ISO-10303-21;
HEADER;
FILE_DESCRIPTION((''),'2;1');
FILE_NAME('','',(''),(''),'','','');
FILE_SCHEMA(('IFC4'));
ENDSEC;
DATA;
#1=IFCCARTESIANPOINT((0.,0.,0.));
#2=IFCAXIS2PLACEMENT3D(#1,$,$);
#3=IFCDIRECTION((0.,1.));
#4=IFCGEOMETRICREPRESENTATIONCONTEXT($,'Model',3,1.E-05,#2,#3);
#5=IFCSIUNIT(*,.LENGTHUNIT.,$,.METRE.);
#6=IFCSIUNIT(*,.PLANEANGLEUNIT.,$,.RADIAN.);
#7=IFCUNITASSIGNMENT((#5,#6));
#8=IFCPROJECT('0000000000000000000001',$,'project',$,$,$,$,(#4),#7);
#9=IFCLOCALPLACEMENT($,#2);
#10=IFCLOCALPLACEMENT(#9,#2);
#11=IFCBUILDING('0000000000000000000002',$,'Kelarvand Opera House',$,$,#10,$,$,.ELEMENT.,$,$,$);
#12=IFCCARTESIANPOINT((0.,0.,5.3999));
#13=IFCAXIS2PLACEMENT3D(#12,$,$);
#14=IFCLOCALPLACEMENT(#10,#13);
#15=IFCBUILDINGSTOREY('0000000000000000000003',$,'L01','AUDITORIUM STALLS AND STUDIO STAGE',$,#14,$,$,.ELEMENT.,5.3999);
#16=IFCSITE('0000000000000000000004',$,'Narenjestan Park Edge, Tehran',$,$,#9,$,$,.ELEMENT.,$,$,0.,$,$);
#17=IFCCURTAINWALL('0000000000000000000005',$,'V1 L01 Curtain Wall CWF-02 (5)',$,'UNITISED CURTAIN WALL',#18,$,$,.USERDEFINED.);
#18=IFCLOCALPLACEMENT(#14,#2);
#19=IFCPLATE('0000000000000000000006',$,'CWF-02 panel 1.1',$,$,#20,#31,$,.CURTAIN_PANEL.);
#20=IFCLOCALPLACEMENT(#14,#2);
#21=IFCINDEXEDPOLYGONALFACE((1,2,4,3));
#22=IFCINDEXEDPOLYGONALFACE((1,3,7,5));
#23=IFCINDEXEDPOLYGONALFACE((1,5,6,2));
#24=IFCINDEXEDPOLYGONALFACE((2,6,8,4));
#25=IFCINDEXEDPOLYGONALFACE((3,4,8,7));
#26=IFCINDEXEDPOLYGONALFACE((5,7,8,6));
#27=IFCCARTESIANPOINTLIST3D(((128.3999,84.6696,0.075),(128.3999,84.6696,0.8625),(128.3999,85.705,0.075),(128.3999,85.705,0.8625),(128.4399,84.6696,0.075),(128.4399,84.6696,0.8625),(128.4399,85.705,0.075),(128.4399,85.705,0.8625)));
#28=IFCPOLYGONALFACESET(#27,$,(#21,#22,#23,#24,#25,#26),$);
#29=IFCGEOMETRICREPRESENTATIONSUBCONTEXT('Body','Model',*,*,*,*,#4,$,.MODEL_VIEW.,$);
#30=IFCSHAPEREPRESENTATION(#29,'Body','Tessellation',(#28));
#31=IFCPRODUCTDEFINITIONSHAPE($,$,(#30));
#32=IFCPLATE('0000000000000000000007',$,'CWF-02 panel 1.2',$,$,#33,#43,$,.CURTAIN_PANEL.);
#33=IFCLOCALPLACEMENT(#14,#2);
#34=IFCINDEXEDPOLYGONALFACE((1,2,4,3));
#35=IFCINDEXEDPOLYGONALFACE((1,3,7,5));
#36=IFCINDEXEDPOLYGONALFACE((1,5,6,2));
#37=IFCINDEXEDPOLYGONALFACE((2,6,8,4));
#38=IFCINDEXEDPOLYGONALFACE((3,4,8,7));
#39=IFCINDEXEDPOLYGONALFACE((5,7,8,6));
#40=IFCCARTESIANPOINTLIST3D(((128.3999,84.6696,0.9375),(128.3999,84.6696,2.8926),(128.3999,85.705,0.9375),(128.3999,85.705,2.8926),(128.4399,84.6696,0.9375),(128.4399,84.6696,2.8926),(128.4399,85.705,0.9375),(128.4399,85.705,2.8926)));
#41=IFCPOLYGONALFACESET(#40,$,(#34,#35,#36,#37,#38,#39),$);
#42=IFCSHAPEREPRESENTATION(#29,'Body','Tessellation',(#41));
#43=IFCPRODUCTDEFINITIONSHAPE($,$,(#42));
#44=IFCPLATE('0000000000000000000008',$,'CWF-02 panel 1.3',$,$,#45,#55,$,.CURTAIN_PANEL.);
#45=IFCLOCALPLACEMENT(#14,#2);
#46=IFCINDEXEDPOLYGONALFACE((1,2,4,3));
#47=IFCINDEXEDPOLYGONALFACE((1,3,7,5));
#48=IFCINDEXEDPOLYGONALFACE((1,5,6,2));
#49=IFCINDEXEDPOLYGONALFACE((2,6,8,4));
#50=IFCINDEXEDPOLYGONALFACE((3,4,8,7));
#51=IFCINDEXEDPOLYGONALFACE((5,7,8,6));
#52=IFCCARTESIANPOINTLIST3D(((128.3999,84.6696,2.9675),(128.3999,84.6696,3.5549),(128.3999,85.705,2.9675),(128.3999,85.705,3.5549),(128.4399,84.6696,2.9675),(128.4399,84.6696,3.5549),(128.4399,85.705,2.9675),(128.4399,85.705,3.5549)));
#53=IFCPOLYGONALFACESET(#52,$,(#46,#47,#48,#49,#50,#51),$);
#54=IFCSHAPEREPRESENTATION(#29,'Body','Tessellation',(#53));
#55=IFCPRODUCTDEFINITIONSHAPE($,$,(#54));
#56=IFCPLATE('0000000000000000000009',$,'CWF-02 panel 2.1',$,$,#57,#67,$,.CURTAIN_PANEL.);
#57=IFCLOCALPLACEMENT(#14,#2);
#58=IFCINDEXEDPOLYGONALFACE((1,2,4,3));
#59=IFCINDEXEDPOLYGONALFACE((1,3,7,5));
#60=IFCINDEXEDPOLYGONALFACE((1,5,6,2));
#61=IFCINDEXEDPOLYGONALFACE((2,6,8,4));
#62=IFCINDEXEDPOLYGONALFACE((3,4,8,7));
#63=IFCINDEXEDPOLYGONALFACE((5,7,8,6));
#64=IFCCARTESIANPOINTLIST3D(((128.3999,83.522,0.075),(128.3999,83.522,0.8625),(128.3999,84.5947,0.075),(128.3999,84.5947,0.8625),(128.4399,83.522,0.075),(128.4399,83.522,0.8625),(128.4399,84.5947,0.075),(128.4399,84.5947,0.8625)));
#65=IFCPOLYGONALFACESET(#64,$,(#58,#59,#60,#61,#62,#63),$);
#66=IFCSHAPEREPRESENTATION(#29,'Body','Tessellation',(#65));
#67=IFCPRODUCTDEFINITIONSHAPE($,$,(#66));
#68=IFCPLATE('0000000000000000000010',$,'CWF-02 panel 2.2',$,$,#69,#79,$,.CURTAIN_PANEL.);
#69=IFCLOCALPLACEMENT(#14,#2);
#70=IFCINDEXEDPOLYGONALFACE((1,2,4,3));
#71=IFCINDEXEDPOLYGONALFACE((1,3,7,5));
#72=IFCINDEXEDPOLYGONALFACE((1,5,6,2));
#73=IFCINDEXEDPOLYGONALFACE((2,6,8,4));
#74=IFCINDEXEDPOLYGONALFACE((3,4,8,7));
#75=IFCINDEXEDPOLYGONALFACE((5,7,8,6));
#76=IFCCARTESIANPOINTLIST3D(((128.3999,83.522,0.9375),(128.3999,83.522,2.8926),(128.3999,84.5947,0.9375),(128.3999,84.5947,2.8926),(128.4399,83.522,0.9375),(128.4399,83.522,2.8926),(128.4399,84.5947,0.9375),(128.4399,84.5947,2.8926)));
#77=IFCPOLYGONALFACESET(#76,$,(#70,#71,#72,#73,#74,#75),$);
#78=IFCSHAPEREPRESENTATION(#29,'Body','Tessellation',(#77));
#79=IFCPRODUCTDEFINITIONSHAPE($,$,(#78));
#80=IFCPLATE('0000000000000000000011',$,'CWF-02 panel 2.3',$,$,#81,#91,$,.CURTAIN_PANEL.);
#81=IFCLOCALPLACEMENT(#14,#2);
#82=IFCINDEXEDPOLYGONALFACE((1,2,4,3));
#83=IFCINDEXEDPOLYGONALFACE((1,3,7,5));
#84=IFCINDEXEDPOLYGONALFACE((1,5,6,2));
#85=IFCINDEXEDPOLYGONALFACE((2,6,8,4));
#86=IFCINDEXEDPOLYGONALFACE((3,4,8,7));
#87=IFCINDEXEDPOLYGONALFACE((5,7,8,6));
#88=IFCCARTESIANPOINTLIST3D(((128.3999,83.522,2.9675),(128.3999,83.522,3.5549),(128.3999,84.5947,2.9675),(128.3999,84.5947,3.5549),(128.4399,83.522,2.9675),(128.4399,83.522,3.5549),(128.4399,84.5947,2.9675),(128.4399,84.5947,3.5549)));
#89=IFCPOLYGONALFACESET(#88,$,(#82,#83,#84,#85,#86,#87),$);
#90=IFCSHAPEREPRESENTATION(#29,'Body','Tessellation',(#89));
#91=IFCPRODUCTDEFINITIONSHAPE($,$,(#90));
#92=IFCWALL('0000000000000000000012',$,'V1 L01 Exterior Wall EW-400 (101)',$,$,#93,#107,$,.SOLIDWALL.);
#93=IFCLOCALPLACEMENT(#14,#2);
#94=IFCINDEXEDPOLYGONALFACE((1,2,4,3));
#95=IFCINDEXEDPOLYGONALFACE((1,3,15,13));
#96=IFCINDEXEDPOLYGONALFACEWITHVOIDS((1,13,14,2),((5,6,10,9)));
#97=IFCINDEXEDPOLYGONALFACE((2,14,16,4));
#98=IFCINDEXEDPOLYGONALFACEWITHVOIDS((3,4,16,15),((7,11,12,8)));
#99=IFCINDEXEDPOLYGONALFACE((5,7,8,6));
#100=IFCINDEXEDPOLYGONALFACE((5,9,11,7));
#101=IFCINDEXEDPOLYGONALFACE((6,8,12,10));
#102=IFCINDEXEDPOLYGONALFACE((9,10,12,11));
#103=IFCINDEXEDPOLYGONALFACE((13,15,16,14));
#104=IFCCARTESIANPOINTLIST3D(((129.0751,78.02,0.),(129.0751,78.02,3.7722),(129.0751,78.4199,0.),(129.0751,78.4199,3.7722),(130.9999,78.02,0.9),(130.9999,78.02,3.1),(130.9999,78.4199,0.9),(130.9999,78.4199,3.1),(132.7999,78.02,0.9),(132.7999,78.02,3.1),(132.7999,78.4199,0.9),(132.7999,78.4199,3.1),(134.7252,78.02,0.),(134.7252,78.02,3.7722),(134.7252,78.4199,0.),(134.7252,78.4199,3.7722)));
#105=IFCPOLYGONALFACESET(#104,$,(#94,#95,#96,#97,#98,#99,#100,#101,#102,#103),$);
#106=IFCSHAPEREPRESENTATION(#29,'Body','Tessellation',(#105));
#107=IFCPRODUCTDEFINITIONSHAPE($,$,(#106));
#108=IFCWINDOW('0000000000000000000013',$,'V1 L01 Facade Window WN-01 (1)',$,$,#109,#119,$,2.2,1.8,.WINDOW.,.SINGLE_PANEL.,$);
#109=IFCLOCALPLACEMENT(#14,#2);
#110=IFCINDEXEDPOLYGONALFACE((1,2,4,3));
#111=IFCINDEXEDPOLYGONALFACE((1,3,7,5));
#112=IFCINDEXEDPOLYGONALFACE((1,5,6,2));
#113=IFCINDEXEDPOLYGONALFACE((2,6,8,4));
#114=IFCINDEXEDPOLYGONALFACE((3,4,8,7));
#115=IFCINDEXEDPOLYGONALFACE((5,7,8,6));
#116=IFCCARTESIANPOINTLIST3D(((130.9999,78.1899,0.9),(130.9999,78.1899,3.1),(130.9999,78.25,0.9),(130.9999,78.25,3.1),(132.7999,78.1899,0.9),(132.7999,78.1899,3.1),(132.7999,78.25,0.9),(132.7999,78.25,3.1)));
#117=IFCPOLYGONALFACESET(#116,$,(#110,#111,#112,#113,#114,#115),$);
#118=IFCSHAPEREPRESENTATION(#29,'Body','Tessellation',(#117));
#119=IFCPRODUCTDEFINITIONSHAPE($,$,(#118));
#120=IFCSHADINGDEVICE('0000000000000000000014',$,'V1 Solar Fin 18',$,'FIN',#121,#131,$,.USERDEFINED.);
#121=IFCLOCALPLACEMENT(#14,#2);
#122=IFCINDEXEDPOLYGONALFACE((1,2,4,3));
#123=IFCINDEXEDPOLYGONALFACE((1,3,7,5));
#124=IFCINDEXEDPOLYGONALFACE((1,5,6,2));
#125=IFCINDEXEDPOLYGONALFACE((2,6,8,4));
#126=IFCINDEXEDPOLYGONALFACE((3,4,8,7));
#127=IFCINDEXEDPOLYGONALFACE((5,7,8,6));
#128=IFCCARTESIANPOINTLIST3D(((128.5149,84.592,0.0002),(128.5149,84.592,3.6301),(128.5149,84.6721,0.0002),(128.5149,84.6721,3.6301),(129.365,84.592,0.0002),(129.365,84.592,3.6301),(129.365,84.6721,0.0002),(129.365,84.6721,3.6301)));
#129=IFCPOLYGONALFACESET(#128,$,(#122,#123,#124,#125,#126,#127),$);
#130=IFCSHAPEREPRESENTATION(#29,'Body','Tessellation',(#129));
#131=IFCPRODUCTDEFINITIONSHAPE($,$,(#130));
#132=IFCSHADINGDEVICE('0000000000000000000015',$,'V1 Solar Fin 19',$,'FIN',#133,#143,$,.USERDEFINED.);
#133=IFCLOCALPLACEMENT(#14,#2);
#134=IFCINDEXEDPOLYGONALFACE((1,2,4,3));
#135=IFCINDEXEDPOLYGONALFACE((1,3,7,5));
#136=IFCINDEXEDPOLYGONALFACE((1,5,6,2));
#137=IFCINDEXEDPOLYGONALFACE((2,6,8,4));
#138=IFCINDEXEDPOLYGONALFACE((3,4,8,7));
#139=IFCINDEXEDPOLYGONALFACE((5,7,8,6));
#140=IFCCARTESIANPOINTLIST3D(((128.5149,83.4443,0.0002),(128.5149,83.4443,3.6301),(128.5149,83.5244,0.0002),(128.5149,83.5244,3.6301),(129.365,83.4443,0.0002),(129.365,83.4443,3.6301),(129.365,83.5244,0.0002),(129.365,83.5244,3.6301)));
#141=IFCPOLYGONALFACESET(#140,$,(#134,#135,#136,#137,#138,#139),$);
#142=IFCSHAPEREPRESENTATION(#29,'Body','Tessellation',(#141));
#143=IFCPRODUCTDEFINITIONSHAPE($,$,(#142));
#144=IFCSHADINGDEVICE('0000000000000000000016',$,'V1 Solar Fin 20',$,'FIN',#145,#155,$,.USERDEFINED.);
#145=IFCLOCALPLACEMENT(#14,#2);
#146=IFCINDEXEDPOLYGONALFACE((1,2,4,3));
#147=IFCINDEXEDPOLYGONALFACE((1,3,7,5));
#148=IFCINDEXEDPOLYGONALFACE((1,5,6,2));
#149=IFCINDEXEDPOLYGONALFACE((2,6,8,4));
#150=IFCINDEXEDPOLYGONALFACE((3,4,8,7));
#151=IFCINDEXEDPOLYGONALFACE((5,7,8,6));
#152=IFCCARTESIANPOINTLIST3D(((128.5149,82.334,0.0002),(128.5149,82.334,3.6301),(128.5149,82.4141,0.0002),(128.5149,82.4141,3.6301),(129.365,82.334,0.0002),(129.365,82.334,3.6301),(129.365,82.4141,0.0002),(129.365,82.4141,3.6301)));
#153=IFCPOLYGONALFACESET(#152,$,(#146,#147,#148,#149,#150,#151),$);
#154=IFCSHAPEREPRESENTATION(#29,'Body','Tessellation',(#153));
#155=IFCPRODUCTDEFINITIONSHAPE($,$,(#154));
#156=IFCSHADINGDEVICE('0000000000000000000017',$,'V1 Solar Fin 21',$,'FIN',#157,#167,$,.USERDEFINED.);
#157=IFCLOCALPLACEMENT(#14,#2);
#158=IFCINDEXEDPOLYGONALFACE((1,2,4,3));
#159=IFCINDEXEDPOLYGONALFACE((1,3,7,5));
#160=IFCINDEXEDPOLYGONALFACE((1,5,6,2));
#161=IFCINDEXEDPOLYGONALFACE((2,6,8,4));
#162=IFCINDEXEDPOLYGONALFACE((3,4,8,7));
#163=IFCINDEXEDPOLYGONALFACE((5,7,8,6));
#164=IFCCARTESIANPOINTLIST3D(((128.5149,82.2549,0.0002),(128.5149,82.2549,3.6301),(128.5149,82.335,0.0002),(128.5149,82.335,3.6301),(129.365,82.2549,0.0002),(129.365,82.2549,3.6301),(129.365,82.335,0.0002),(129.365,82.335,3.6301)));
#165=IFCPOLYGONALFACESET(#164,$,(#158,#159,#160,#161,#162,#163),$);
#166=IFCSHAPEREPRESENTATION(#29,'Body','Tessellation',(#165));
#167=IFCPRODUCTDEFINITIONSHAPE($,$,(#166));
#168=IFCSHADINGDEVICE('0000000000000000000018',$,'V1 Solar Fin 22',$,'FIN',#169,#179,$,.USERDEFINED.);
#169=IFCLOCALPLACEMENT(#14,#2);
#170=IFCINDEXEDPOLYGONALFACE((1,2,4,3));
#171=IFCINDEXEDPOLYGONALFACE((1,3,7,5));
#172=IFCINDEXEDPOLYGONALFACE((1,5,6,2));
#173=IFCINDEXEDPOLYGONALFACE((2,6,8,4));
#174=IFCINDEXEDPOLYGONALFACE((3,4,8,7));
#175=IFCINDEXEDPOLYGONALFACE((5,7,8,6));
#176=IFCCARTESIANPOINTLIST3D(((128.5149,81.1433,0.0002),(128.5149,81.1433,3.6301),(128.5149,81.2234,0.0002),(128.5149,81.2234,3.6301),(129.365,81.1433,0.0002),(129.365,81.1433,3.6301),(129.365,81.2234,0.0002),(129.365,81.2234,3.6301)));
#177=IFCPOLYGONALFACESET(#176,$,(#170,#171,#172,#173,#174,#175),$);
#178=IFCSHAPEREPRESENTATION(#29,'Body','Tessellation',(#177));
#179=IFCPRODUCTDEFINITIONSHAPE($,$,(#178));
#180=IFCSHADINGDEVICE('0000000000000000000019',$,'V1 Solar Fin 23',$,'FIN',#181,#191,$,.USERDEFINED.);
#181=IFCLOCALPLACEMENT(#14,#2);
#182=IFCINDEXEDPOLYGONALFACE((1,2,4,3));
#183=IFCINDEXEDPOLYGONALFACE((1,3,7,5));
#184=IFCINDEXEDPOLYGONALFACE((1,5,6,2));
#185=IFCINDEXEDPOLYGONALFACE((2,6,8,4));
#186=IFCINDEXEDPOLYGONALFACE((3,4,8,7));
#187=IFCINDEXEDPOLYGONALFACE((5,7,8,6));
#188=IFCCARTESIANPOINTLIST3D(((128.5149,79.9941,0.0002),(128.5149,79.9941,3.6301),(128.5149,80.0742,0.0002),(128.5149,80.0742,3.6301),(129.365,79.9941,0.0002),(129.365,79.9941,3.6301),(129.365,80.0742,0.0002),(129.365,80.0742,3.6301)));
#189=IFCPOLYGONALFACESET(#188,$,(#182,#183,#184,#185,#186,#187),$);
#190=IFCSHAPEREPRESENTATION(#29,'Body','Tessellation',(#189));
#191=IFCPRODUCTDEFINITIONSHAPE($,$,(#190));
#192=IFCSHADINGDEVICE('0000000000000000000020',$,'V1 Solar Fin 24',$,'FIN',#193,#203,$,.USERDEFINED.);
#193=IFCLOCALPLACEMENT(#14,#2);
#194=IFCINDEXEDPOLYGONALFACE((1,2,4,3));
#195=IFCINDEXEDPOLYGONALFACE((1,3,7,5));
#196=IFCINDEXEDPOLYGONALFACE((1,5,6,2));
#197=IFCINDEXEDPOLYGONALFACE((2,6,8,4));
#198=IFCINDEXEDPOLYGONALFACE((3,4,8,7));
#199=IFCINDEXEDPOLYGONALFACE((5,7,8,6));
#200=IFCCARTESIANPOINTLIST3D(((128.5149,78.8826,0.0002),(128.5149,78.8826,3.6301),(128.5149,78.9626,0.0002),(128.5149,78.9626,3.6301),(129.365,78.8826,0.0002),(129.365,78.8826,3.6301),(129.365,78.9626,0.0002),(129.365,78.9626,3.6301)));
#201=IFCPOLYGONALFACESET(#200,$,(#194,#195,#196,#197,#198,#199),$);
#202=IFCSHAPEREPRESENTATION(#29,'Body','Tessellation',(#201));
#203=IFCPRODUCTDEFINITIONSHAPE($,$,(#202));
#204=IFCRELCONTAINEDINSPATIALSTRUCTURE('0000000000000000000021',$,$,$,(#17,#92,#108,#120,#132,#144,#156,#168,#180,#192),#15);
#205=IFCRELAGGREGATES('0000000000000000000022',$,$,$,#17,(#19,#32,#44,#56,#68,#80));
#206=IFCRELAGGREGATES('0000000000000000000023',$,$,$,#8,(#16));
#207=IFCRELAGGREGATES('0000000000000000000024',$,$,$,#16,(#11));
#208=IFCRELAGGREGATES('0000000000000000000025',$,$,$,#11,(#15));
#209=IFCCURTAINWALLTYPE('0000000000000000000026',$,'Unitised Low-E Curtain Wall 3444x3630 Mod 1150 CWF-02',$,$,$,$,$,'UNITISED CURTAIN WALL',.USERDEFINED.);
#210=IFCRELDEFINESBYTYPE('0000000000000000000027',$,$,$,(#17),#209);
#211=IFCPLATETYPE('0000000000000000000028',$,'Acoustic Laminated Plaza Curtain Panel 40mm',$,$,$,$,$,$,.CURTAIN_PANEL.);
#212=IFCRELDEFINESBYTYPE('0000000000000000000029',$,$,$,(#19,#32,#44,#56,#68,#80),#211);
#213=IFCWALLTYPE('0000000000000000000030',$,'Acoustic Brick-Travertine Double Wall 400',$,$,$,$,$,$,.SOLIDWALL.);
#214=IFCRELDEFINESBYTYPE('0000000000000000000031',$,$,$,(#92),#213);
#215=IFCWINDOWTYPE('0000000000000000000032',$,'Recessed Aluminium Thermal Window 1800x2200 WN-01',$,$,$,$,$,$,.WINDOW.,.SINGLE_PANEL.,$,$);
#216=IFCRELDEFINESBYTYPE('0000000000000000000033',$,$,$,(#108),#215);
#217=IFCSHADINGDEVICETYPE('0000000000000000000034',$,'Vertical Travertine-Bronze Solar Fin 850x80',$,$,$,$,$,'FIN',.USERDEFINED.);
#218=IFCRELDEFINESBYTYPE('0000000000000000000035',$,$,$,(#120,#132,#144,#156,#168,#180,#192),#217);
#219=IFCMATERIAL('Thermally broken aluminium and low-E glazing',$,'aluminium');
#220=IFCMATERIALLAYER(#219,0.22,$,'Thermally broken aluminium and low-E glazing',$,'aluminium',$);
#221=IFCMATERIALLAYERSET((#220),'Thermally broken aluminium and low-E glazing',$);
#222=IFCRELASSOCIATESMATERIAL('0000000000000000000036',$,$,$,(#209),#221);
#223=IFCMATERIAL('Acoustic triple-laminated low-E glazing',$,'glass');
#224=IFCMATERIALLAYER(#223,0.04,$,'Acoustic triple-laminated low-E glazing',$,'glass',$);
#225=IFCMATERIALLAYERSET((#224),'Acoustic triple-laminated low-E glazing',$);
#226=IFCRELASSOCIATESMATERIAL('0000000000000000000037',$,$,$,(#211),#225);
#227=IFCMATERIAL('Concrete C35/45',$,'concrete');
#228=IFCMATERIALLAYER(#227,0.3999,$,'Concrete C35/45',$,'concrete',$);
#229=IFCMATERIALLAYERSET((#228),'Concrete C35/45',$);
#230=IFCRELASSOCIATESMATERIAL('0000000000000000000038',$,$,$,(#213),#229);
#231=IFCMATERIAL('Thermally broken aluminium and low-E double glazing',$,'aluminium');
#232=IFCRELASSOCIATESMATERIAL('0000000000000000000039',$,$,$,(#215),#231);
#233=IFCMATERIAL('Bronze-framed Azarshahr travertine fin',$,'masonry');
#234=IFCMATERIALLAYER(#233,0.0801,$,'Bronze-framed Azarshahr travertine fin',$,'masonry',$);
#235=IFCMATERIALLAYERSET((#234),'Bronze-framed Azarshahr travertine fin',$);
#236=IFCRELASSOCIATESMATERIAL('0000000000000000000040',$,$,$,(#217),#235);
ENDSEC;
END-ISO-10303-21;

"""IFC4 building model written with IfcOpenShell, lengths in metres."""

from ifc_helpers import new_model, si_unit, direction, frame, frame_2d, origin, origin_2d, place, context, subcontext, project, spatial, rectangle, extrude, material, layer, layer_set, type_object, element, fill, aggregate, save


model = new_model("IFC4")

# Units and contexts
model_context = context("Model", 3, precision=1e-05, world=origin(), true_north=direction((0.0, 1.0)))
body_context = subcontext(model_context, "Body", "Model", "MODEL_VIEW")
ifc_project = project(units=[si_unit("LENGTHUNIT", "METRE"), si_unit("PLANEANGLEUNIT", "RADIAN")], contexts=[model_context])

# Site, building, storey
site_placement = place(None, origin())
site = spatial("IfcSite", under=ifc_project, at=site_placement, Name="Narenjestan Park Edge, Tehran", CompositionType="ELEMENT", RefElevation=0.0)
building_placement = place(site_placement, origin())
building = spatial("IfcBuilding", under=site, at=building_placement, Name="Kelarvand Opera House", CompositionType="ELEMENT")
storey_placement = place(building_placement, frame((0.0, 0.0, 5.3999)))
storey = spatial("IfcBuildingStorey", under=building, at=storey_placement, Name="L01", Description="AUDITORIUM STALLS AND STUDIO STAGE", CompositionType="ELEMENT", Elevation=5.3999)

# Curtain wall
ifc_material_1 = material(Name="Thermally broken aluminium and low-E glazing", Category="aluminium")
ifc_layer_1 = layer(ifc_material_1, 0.22, Name="Thermally broken aluminium and low-E glazing", Category="aluminium")
ifc_layer_set_1 = layer_set([ifc_layer_1], Name="Thermally broken aluminium and low-E glazing")
curtain_wall_type = type_object("IfcCurtainWallType", Name="Unitised Low-E Curtain Wall 3444x3630 Mod 1150 CWF-02", ElementType="UNITISED CURTAIN WALL", PredefinedType="USERDEFINED", material=ifc_layer_set_1)
curtain_wall_placement = place(storey_placement, origin())
curtain_wall = element("IfcCurtainWall", 1, at=curtain_wall_placement, inside=storey, type_object=curtain_wall_type, Name="V1 L01 Curtain Wall CWF-02 (5)", ObjectType="UNITISED CURTAIN WALL", PredefinedType="USERDEFINED")

# Plates
ifc_material_2 = material(Name="Acoustic triple-laminated low-E glazing", Category="glass")
ifc_layer_2 = layer(ifc_material_2, 0.04, Name="Acoustic triple-laminated low-E glazing", Category="glass")
ifc_layer_set_2 = layer_set([ifc_layer_2], Name="Acoustic triple-laminated low-E glazing")
plate_type = type_object("IfcPlateType", Name="Acoustic Laminated Plaza Curtain Panel 40mm", PredefinedType="CURTAIN_PANEL", material=ifc_layer_set_2)
plate_1_placement = place(storey_placement, frame((128.4199, 85.1873, 0.075), z_axis=(0.0, 0.0, 1.0), x_axis=(0.0, -1.0, 0.0)))
plate_1 = element("IfcPlate", 2, at=plate_1_placement, type_object=plate_type, Name="CWF-02 panel 1.1", PredefinedType="CURTAIN_PANEL", context=body_context, shape_type="SweptSolid", body=[
    extrude(rectangle(XDim=1.0354, YDim=0.04, at=origin_2d()), origin(), (0.0, 0.0, 1.0), 0.7876),
])
plate_2_placement = place(storey_placement, frame((128.4199, 85.1873, 0.9375), z_axis=(0.0, 0.0, 1.0), x_axis=(0.0, -1.0, 0.0)))
plate_2 = element("IfcPlate", 3, at=plate_2_placement, type_object=plate_type, Name="CWF-02 panel 1.2", PredefinedType="CURTAIN_PANEL", context=body_context, shape_type="SweptSolid", body=[
    extrude(rectangle(XDim=1.0354, YDim=0.04, at=origin_2d()), origin(), (0.0, 0.0, 1.0), 1.9551),
])
plate_3_placement = place(storey_placement, frame((128.4199, 85.1873, 2.9675), z_axis=(0.0, 0.0, 1.0), x_axis=(0.0, -1.0, 0.0)))
plate_3 = element("IfcPlate", 4, at=plate_3_placement, type_object=plate_type, Name="CWF-02 panel 1.3", PredefinedType="CURTAIN_PANEL", context=body_context, shape_type="SweptSolid", body=[
    extrude(rectangle(XDim=1.0354, YDim=0.04, at=origin_2d()), origin(), (0.0, 0.0, 1.0), 0.5874),
])
plate_4_placement = place(storey_placement, frame((128.4199, 84.0583, 0.075), z_axis=(0.0, 0.0, 1.0), x_axis=(0.0, -1.0, 0.0)))
plate_4 = element("IfcPlate", 5, at=plate_4_placement, type_object=plate_type, Name="CWF-02 panel 2.1", PredefinedType="CURTAIN_PANEL", context=body_context, shape_type="SweptSolid", body=[
    extrude(rectangle(XDim=1.0728, YDim=0.04, at=origin_2d()), origin(), (0.0, 0.0, 1.0), 0.7876),
])
plate_5_placement = place(storey_placement, frame((128.4199, 84.0583, 0.9375), z_axis=(0.0, 0.0, 1.0), x_axis=(0.0, -1.0, 0.0)))
plate_5 = element("IfcPlate", 6, at=plate_5_placement, type_object=plate_type, Name="CWF-02 panel 2.2", PredefinedType="CURTAIN_PANEL", context=body_context, shape_type="SweptSolid", body=[
    extrude(rectangle(XDim=1.0728, YDim=0.04, at=origin_2d()), origin(), (0.0, 0.0, 1.0), 1.9551),
])
plate_6_placement = place(storey_placement, frame((128.4199, 84.0583, 2.9675), z_axis=(0.0, 0.0, 1.0), x_axis=(0.0, -1.0, 0.0)))
plate_6 = element("IfcPlate", 7, at=plate_6_placement, type_object=plate_type, Name="CWF-02 panel 2.3", PredefinedType="CURTAIN_PANEL", context=body_context, shape_type="SweptSolid", body=[
    extrude(rectangle(XDim=1.0728, YDim=0.04, at=origin_2d()), origin(), (0.0, 0.0, 1.0), 0.5874),
])
aggregate(curtain_wall, [plate_1, plate_2, plate_3, plate_4, plate_5, plate_6])

# Wall, opening, window
ifc_material_3 = material(Name="Concrete C35/45", Category="concrete")
ifc_layer_3 = layer(ifc_material_3, 0.3999, Name="Concrete C35/45", Category="concrete")
ifc_layer_set_3 = layer_set([ifc_layer_3], Name="Concrete C35/45")
wall_type = type_object("IfcWallType", Name="Acoustic Brick-Travertine Double Wall 400", PredefinedType="SOLIDWALL", material=ifc_layer_set_3)
wall_placement = place(storey_placement, frame((129.075, 78.22, 0.0), z_axis=(0.0, 0.0, 1.0), x_axis=(1.0, 0.0, 0.0)))
wall = element("IfcWall", 8, at=wall_placement, inside=storey, type_object=wall_type, Name="V1 L01 Exterior Wall EW-400 (101)", PredefinedType="SOLIDWALL", context=body_context, shape_type="SweptSolid", body=[
    extrude(rectangle(XDim=5.6501, YDim=0.3999, at=frame_2d((2.8252, 0.0))), origin(), (0.0, 0.0, 1.0), 3.7722),
])
opening_placement = place(wall_placement, frame((1.925, 0.0, 0.8999)))
opening = element("IfcOpeningElement", 9, at=opening_placement, cuts=wall, PredefinedType="OPENING", context=body_context, shape_type="SweptSolid", body=[
    extrude(rectangle(XDim=1.8, YDim=2.2, at=frame_2d((0.8999, 1.1001))), frame((0.0, 0.21, 0.0), z_axis=(0.0, -1.0, 0.0), x_axis=(1.0, 0.0, 0.0)), (0.0, 0.0, 1.0), 0.4199),
])
ifc_material_4 = material(Name="Thermally broken aluminium and low-E double glazing", Category="aluminium")
window_type = type_object("IfcWindowType", Name="Recessed Aluminium Thermal Window 1800x2200 WN-01", PartitioningType="SINGLE_PANEL", PredefinedType="WINDOW", material=ifc_material_4)
window_placement = place(opening_placement, origin())
window = element("IfcWindow", 10, at=window_placement, inside=storey, type_object=window_type, Name="V1 L01 Facade Window WN-01 (1)", OverallHeight=2.2, OverallWidth=1.8, PartitioningType="SINGLE_PANEL", PredefinedType="WINDOW", context=body_context, shape_type="SweptSolid", body=[
    extrude(rectangle(XDim=1.8, YDim=2.2, at=frame_2d((0.8999, 1.1001))), frame((0.0, 0.03, 0.0), z_axis=(0.0, -1.0, 0.0), x_axis=(1.0, 0.0, 0.0)), (0.0, 0.0, 1.0), 0.0601),
])
fill(opening, window)

# Shading devices
ifc_material_5 = material(Name="Bronze-framed Azarshahr travertine fin", Category="masonry")
ifc_layer_4 = layer(ifc_material_5, 0.0801, Name="Bronze-framed Azarshahr travertine fin", Category="masonry")
ifc_layer_set_4 = layer_set([ifc_layer_4], Name="Bronze-framed Azarshahr travertine fin")
shading_device_type = type_object("IfcShadingDeviceType", Name="Vertical Travertine-Bronze Solar Fin 850x80", ElementType="FIN", PredefinedType="USERDEFINED", material=ifc_layer_set_4)
for number, where, z_axis, x_axis, name in (
    (11, (128.9399, 84.6321, 0.0002), (0.0, 0.0, 1.0), (1.0, 0.0, 0.0), "V1 Solar Fin 18"),
    (12, (128.9399, 83.4844, 0.0002), (0.0, 0.0, 1.0), (1.0, 0.0, 0.0), "V1 Solar Fin 19"),
    (13, (128.9399, 82.374, 0.0002), (0.0, 0.0, 1.0), (1.0, 0.0, 0.0), "V1 Solar Fin 20"),
    (14, (128.9399, 82.2949, 0.0002), (0.0, 0.0, 1.0), (1.0, 0.0, 0.0), "V1 Solar Fin 21"),
    (15, (128.9399, 81.1833, 0.0002), (0.0, 0.0, 1.0), (1.0, 0.0, 0.0), "V1 Solar Fin 22"),
    (16, (128.9399, 80.0342, 0.0002), (0.0, 0.0, 1.0), (1.0, 0.0, 0.0), "V1 Solar Fin 23"),
    (17, (128.9399, 78.9226, 0.0002), (0.0, 0.0, 1.0), (1.0, 0.0, 0.0), "V1 Solar Fin 24"),
):
    element("IfcShadingDevice", number, at=place(storey_placement, frame(where, z_axis=z_axis, x_axis=x_axis)), inside=storey, type_object=shading_device_type, Name=name, ObjectType="FIN", PredefinedType="USERDEFINED", context=body_context, shape_type="SweptSolid", body=[
        extrude(rectangle(XDim=0.8501, YDim=0.0801, at=origin_2d()), origin(), (0.0, 0.0, 1.0), 3.6299),
    ])

save(model, "model.ifc")
